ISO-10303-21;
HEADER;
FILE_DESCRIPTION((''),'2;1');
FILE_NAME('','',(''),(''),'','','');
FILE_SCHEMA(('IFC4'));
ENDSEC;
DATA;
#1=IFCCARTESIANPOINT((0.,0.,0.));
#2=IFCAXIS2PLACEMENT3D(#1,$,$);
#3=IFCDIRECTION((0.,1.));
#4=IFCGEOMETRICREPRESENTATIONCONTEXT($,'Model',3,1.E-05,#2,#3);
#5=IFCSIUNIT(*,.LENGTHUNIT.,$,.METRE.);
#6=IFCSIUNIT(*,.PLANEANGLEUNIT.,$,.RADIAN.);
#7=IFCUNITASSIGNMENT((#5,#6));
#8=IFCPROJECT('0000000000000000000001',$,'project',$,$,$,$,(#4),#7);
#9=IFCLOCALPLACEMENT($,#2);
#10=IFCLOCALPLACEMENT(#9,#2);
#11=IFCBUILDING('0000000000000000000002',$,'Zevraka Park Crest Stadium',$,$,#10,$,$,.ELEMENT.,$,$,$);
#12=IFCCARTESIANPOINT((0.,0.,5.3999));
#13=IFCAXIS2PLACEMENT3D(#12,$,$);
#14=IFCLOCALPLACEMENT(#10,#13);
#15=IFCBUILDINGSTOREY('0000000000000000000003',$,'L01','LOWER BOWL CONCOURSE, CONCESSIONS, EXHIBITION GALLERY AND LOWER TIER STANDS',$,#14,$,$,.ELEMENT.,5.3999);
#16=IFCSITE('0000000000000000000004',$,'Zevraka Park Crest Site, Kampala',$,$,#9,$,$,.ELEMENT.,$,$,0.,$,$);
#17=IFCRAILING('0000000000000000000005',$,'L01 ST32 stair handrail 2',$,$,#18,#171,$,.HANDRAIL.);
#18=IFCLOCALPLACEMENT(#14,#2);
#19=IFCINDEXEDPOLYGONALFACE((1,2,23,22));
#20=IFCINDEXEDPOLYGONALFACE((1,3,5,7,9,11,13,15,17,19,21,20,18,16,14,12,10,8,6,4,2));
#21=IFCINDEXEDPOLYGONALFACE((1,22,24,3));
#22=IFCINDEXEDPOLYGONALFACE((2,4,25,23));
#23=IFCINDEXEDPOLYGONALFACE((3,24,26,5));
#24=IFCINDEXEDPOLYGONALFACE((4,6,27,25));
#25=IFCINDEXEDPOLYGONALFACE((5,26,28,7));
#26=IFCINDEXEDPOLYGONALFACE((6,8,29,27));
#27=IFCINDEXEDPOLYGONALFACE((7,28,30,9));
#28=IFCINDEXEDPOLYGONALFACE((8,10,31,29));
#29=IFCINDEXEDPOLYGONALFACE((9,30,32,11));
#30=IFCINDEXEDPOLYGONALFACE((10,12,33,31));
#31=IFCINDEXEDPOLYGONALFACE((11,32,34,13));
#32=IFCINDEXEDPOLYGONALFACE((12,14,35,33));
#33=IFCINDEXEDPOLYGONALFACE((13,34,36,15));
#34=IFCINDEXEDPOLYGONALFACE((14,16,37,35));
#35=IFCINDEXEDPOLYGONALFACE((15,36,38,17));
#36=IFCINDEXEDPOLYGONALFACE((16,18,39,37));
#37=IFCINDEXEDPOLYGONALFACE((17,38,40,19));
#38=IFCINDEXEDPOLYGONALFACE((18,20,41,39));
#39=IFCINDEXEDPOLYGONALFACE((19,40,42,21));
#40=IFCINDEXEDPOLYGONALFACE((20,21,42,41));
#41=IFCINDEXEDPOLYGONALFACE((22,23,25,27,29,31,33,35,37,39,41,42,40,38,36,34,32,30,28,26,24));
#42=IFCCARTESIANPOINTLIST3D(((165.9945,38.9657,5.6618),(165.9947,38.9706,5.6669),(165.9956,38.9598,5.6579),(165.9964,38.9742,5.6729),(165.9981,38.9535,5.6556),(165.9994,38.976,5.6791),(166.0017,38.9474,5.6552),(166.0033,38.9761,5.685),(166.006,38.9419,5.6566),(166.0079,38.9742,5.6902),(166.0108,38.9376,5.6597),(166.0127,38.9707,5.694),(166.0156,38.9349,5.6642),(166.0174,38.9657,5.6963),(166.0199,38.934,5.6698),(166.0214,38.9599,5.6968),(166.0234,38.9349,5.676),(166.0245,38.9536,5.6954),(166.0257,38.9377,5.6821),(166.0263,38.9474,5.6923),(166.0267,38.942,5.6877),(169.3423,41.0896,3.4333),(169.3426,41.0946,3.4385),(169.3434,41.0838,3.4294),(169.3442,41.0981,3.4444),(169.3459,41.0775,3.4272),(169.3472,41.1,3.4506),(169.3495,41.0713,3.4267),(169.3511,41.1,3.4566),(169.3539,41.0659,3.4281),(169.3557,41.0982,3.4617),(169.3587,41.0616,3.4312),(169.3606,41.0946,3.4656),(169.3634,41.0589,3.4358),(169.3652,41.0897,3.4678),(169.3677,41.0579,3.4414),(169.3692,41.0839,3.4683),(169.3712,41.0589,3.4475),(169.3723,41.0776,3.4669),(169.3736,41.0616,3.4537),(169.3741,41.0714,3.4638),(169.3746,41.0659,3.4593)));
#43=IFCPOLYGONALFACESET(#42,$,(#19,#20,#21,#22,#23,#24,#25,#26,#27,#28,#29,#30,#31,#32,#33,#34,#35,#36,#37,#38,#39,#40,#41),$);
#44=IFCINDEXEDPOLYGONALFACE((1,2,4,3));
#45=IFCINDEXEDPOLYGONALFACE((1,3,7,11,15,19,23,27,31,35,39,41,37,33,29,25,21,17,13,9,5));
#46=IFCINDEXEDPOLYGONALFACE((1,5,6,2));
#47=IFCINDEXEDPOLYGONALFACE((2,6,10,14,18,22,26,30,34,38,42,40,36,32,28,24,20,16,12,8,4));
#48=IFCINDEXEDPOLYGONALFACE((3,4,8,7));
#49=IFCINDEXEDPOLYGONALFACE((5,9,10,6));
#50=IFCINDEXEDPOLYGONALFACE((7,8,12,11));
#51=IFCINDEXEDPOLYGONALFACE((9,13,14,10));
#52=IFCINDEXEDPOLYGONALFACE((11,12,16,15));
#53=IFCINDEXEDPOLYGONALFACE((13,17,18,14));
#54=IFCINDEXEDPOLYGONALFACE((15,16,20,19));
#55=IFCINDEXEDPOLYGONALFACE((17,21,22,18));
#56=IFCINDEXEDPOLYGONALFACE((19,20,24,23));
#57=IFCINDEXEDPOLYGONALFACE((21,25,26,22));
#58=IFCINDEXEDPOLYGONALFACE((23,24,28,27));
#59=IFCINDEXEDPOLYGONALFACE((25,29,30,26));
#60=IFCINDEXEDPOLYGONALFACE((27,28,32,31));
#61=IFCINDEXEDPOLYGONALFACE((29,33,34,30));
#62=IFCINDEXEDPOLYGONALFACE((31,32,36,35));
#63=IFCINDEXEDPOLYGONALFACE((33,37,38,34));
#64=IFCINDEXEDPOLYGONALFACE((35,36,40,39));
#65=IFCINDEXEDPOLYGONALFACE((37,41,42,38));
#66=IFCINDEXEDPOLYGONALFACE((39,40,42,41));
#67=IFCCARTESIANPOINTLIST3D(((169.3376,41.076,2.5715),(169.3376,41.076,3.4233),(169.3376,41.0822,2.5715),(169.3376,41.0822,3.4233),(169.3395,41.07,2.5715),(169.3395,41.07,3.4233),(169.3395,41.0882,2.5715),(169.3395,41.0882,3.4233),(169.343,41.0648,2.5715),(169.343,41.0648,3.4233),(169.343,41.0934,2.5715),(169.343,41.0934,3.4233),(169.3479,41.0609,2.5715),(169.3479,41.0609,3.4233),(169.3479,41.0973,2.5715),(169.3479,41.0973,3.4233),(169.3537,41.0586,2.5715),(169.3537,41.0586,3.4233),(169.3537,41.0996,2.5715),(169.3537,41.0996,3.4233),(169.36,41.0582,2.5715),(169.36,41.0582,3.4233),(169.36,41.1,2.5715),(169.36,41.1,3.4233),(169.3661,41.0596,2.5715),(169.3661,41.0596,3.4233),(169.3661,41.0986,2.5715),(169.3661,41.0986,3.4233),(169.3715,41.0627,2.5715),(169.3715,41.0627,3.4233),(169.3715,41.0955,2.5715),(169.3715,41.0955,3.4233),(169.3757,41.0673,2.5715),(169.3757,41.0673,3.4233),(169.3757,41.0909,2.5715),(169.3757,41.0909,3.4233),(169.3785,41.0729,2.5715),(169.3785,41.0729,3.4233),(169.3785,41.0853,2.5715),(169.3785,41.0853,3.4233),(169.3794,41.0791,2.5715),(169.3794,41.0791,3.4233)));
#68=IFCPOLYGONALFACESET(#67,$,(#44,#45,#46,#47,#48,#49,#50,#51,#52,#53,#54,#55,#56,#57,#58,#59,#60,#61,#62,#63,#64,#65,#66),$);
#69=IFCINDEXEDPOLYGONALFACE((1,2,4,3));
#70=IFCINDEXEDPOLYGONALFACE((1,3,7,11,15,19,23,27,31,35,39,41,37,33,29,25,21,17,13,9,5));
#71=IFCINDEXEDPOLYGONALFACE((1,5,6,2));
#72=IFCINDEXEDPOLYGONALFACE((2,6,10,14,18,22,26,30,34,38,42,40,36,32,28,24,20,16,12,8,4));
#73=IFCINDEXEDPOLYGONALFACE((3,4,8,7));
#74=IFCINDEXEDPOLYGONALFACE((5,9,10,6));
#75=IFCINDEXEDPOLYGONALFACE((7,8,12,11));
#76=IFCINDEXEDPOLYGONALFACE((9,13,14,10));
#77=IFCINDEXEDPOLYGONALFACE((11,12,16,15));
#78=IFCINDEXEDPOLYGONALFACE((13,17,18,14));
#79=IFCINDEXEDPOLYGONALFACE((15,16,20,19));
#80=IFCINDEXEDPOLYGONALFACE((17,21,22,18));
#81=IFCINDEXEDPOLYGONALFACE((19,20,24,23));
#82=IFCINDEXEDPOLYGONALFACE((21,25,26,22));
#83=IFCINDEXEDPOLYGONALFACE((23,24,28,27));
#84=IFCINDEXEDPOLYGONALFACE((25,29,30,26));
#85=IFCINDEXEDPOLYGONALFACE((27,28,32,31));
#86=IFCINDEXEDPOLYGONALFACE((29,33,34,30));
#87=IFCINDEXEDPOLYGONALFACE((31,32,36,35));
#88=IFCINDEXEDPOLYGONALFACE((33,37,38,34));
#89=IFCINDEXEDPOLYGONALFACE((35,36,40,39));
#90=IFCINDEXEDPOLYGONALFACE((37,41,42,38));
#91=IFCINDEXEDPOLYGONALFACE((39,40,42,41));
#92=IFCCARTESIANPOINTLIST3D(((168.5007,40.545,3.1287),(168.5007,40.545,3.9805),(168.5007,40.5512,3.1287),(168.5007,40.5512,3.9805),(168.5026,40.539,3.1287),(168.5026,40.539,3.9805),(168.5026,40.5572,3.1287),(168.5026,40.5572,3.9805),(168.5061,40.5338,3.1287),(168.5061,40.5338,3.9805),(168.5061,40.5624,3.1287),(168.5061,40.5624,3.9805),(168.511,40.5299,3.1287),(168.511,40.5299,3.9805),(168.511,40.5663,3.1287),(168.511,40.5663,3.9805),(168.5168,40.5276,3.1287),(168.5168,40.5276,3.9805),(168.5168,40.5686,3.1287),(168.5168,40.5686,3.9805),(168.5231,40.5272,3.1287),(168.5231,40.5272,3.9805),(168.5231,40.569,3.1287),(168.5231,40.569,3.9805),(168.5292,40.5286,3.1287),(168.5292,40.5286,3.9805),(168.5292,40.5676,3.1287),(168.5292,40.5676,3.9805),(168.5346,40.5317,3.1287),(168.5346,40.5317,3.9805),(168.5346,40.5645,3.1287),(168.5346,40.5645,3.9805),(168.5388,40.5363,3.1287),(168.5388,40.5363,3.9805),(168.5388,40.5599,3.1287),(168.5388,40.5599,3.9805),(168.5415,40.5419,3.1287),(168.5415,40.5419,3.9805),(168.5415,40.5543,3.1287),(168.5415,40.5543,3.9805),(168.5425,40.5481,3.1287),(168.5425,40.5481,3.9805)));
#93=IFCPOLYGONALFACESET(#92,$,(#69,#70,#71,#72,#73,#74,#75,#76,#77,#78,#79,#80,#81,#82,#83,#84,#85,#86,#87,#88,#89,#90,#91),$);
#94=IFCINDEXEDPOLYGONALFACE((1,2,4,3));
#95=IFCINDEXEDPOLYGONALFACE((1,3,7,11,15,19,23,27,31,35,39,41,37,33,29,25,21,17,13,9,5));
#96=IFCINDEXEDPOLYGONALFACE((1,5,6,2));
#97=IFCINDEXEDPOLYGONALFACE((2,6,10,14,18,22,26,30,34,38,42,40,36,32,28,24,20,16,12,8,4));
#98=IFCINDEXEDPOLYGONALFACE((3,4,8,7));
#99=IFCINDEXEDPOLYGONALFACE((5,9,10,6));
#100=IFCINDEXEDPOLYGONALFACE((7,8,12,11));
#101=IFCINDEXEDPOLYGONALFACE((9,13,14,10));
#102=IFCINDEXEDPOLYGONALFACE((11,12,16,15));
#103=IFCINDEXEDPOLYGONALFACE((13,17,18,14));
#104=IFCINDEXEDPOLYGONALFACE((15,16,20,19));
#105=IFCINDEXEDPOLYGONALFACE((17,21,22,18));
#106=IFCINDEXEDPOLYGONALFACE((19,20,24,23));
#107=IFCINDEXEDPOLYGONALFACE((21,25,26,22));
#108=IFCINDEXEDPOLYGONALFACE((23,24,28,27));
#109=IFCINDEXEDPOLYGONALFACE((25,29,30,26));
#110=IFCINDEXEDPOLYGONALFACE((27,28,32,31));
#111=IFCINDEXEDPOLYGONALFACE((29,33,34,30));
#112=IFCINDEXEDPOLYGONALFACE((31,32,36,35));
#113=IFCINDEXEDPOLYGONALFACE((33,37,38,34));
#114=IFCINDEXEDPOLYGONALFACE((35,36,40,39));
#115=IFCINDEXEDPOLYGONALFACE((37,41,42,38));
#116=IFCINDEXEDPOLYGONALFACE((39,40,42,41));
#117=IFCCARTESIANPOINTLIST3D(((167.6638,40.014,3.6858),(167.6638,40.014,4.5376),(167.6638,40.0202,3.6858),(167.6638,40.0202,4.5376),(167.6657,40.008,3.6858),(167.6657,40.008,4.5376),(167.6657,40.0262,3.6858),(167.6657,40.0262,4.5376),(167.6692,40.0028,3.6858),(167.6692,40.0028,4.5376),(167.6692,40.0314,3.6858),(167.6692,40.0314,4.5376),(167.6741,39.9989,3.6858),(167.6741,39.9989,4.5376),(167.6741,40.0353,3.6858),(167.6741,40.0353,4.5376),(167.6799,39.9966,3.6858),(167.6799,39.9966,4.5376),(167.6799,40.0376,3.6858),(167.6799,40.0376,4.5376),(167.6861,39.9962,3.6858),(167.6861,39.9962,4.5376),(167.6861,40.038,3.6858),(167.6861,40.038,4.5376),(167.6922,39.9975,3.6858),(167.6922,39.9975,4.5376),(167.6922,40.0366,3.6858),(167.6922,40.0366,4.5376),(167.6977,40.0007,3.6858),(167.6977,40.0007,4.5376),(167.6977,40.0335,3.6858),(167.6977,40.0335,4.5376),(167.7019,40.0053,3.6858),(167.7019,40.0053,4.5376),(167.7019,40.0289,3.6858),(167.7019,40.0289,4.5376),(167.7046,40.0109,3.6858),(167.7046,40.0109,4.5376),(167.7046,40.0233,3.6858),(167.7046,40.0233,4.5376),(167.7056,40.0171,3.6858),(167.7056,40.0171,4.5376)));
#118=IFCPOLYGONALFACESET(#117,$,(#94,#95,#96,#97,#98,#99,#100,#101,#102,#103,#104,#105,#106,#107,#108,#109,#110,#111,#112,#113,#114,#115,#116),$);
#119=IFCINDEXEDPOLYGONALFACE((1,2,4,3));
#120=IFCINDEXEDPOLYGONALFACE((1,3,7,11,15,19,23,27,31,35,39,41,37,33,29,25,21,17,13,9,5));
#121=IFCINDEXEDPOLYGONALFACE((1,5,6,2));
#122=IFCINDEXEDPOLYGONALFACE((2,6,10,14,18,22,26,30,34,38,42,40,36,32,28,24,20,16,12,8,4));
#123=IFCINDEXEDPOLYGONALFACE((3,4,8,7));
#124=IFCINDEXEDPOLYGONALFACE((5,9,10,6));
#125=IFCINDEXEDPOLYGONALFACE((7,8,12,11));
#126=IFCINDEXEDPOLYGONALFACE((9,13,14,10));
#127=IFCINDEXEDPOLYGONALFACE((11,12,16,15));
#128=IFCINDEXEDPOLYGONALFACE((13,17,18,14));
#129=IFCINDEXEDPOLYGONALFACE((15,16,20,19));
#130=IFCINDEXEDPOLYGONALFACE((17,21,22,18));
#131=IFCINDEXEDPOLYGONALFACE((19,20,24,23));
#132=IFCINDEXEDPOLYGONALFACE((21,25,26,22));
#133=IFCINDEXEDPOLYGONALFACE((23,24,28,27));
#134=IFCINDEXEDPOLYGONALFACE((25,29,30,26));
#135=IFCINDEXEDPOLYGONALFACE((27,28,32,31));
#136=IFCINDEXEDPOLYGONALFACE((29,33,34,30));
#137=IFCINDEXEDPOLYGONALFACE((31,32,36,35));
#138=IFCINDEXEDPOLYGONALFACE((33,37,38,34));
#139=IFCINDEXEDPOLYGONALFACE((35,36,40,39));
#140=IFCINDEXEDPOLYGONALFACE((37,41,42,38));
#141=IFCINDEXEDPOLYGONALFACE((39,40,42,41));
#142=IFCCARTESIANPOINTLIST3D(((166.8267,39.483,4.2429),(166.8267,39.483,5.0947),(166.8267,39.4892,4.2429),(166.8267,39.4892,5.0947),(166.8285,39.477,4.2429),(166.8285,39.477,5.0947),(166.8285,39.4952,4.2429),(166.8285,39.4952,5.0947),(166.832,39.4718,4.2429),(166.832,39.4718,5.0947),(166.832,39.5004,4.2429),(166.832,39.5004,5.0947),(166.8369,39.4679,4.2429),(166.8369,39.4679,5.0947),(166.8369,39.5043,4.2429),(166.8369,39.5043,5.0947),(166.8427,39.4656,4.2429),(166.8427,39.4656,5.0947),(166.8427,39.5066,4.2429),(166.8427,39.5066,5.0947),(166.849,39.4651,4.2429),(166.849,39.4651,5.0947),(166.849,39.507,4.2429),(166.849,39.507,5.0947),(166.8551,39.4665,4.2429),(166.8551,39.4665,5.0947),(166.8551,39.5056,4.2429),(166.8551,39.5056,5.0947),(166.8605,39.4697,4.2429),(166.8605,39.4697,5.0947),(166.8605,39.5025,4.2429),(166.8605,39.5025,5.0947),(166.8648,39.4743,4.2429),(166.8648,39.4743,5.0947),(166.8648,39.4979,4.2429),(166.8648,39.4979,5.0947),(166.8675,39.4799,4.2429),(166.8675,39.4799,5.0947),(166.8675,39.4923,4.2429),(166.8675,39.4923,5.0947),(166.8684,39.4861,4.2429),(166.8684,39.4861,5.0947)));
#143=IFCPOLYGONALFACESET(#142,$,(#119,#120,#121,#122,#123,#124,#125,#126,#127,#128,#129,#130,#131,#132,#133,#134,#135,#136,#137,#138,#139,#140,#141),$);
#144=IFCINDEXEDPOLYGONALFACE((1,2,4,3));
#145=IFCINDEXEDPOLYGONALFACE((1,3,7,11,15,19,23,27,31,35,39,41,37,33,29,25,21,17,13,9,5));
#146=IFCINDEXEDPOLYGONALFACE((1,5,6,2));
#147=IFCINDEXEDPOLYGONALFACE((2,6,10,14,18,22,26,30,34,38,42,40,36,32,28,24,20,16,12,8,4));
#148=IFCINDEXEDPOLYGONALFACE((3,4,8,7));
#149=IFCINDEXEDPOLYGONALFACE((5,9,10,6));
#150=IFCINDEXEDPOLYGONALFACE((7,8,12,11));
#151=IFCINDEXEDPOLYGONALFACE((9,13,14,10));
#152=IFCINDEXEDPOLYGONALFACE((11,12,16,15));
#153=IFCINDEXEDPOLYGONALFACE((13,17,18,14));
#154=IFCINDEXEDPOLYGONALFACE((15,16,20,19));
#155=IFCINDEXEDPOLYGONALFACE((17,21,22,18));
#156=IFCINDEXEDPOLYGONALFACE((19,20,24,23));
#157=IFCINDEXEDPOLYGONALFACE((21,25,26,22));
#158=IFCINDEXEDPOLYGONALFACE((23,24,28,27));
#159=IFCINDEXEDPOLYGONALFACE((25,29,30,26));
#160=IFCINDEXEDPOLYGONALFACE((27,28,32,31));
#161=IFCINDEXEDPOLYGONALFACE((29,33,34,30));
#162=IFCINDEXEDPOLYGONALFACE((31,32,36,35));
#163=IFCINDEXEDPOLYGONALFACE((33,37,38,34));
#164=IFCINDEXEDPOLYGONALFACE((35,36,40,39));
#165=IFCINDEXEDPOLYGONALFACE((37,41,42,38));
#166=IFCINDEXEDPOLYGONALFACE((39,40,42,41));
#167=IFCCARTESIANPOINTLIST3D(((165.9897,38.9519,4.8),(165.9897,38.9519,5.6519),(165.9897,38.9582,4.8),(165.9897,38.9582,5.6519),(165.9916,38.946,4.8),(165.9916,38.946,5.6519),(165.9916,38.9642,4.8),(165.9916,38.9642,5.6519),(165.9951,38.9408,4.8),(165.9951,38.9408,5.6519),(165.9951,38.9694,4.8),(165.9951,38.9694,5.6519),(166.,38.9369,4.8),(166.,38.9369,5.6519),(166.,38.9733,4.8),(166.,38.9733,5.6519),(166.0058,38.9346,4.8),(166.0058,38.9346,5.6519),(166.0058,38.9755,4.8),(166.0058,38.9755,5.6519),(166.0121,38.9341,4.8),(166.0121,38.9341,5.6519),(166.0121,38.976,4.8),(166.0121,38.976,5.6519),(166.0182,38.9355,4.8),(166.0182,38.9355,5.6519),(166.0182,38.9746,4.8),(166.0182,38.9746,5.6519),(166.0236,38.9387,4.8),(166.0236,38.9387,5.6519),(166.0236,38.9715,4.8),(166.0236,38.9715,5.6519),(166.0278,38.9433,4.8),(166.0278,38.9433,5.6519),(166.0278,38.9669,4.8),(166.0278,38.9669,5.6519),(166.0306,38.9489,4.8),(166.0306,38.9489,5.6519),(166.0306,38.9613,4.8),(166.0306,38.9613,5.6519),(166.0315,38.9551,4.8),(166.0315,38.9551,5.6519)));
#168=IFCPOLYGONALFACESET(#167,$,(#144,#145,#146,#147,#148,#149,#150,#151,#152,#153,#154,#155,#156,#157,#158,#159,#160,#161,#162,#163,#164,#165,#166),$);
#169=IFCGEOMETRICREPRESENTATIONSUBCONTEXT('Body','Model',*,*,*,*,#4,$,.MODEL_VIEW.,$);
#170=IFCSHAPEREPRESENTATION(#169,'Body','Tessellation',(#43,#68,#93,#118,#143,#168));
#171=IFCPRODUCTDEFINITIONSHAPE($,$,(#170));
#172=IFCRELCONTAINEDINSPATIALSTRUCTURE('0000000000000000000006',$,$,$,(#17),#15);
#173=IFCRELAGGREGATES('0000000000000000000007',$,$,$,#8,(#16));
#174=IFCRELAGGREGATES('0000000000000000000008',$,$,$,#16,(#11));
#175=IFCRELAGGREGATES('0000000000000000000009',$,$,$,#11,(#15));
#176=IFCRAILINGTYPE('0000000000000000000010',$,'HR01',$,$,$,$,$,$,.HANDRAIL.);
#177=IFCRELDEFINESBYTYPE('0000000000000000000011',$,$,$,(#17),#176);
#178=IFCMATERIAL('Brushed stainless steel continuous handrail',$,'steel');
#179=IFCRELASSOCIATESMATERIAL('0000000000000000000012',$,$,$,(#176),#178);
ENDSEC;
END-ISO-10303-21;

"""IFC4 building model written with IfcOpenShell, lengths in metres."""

from ifc_helpers import new_model, si_unit, direction, frame, origin, origin_2d, place, context, subcontext, project, spatial, circle, extrude, material, type_object, element, save


model = new_model("IFC4")

# Units and contexts
model_context = context("Model", 3, precision=1e-05, world=origin(), true_north=direction((0.0, 1.0)))
body_context = subcontext(model_context, "Body", "Model", "MODEL_VIEW")
ifc_project = project(units=[si_unit("LENGTHUNIT", "METRE"), si_unit("PLANEANGLEUNIT", "RADIAN")], contexts=[model_context])

# Site, building, storey
site_placement = place(None, origin())
site = spatial("IfcSite", under=ifc_project, at=site_placement, Name="Zevraka Park Crest Site, Kampala", CompositionType="ELEMENT", RefElevation=0.0)
building_placement = place(site_placement, origin())
building = spatial("IfcBuilding", under=site, at=building_placement, Name="Zevraka Park Crest Stadium", CompositionType="ELEMENT")
storey_placement = place(building_placement, frame((0.0, 0.0, 5.3999)))
storey = spatial("IfcBuildingStorey", under=building, at=storey_placement, Name="L01", Description="LOWER BOWL CONCOURSE, CONCESSIONS, EXHIBITION GALLERY AND LOWER TIER STANDS", CompositionType="ELEMENT", Elevation=5.3999)

# Railing
ifc_material_1 = material(Name="Brushed stainless steel continuous handrail", Category="steel")
railing_type_1 = type_object("IfcRailingType", Name="HR01", PredefinedType="HANDRAIL", material=ifc_material_1)
railing_1_placement = place(storey_placement, frame((169.3584, 41.0791, 2.5715)))
element("IfcRailing", 1, at=railing_1_placement, inside=storey, type_object=railing_type_1, Name="L01 ST32 stair handrail 2", PredefinedType="HANDRAIL", context=body_context, shape_type="SweptSolid", body=[
    extrude(circle(Radius=0.0239, at=origin_2d()), frame((0.0, 0.0, 0.876), z_axis=(-0.736092, -0.467002, 0.489977), x_axis=(0.535716, -0.844399, 0.0)), (0.0, 0.0, 1.0), 4.5481),
    extrude(circle(Radius=0.021, at=origin_2d()), origin(), (0.0, 0.0, 1.0), 0.8518),
    extrude(circle(Radius=0.021, at=origin_2d()), frame((-0.8369, -0.531, 0.5571)), (0.0, 0.0, 1.0), 0.8518),
    extrude(circle(Radius=0.021, at=origin_2d()), frame((-1.6738, -1.062, 1.1143)), (0.0, 0.0, 1.0), 0.8518),
    extrude(circle(Radius=0.021, at=origin_2d()), frame((-2.511, -1.593, 1.6714)), (0.0, 0.0, 1.0), 0.8518),
    extrude(circle(Radius=0.021, at=origin_2d()), frame((-3.3479, -2.124, 2.2285)), (0.0, 0.0, 1.0), 0.8518),
])

save(model, "model.ifc")
